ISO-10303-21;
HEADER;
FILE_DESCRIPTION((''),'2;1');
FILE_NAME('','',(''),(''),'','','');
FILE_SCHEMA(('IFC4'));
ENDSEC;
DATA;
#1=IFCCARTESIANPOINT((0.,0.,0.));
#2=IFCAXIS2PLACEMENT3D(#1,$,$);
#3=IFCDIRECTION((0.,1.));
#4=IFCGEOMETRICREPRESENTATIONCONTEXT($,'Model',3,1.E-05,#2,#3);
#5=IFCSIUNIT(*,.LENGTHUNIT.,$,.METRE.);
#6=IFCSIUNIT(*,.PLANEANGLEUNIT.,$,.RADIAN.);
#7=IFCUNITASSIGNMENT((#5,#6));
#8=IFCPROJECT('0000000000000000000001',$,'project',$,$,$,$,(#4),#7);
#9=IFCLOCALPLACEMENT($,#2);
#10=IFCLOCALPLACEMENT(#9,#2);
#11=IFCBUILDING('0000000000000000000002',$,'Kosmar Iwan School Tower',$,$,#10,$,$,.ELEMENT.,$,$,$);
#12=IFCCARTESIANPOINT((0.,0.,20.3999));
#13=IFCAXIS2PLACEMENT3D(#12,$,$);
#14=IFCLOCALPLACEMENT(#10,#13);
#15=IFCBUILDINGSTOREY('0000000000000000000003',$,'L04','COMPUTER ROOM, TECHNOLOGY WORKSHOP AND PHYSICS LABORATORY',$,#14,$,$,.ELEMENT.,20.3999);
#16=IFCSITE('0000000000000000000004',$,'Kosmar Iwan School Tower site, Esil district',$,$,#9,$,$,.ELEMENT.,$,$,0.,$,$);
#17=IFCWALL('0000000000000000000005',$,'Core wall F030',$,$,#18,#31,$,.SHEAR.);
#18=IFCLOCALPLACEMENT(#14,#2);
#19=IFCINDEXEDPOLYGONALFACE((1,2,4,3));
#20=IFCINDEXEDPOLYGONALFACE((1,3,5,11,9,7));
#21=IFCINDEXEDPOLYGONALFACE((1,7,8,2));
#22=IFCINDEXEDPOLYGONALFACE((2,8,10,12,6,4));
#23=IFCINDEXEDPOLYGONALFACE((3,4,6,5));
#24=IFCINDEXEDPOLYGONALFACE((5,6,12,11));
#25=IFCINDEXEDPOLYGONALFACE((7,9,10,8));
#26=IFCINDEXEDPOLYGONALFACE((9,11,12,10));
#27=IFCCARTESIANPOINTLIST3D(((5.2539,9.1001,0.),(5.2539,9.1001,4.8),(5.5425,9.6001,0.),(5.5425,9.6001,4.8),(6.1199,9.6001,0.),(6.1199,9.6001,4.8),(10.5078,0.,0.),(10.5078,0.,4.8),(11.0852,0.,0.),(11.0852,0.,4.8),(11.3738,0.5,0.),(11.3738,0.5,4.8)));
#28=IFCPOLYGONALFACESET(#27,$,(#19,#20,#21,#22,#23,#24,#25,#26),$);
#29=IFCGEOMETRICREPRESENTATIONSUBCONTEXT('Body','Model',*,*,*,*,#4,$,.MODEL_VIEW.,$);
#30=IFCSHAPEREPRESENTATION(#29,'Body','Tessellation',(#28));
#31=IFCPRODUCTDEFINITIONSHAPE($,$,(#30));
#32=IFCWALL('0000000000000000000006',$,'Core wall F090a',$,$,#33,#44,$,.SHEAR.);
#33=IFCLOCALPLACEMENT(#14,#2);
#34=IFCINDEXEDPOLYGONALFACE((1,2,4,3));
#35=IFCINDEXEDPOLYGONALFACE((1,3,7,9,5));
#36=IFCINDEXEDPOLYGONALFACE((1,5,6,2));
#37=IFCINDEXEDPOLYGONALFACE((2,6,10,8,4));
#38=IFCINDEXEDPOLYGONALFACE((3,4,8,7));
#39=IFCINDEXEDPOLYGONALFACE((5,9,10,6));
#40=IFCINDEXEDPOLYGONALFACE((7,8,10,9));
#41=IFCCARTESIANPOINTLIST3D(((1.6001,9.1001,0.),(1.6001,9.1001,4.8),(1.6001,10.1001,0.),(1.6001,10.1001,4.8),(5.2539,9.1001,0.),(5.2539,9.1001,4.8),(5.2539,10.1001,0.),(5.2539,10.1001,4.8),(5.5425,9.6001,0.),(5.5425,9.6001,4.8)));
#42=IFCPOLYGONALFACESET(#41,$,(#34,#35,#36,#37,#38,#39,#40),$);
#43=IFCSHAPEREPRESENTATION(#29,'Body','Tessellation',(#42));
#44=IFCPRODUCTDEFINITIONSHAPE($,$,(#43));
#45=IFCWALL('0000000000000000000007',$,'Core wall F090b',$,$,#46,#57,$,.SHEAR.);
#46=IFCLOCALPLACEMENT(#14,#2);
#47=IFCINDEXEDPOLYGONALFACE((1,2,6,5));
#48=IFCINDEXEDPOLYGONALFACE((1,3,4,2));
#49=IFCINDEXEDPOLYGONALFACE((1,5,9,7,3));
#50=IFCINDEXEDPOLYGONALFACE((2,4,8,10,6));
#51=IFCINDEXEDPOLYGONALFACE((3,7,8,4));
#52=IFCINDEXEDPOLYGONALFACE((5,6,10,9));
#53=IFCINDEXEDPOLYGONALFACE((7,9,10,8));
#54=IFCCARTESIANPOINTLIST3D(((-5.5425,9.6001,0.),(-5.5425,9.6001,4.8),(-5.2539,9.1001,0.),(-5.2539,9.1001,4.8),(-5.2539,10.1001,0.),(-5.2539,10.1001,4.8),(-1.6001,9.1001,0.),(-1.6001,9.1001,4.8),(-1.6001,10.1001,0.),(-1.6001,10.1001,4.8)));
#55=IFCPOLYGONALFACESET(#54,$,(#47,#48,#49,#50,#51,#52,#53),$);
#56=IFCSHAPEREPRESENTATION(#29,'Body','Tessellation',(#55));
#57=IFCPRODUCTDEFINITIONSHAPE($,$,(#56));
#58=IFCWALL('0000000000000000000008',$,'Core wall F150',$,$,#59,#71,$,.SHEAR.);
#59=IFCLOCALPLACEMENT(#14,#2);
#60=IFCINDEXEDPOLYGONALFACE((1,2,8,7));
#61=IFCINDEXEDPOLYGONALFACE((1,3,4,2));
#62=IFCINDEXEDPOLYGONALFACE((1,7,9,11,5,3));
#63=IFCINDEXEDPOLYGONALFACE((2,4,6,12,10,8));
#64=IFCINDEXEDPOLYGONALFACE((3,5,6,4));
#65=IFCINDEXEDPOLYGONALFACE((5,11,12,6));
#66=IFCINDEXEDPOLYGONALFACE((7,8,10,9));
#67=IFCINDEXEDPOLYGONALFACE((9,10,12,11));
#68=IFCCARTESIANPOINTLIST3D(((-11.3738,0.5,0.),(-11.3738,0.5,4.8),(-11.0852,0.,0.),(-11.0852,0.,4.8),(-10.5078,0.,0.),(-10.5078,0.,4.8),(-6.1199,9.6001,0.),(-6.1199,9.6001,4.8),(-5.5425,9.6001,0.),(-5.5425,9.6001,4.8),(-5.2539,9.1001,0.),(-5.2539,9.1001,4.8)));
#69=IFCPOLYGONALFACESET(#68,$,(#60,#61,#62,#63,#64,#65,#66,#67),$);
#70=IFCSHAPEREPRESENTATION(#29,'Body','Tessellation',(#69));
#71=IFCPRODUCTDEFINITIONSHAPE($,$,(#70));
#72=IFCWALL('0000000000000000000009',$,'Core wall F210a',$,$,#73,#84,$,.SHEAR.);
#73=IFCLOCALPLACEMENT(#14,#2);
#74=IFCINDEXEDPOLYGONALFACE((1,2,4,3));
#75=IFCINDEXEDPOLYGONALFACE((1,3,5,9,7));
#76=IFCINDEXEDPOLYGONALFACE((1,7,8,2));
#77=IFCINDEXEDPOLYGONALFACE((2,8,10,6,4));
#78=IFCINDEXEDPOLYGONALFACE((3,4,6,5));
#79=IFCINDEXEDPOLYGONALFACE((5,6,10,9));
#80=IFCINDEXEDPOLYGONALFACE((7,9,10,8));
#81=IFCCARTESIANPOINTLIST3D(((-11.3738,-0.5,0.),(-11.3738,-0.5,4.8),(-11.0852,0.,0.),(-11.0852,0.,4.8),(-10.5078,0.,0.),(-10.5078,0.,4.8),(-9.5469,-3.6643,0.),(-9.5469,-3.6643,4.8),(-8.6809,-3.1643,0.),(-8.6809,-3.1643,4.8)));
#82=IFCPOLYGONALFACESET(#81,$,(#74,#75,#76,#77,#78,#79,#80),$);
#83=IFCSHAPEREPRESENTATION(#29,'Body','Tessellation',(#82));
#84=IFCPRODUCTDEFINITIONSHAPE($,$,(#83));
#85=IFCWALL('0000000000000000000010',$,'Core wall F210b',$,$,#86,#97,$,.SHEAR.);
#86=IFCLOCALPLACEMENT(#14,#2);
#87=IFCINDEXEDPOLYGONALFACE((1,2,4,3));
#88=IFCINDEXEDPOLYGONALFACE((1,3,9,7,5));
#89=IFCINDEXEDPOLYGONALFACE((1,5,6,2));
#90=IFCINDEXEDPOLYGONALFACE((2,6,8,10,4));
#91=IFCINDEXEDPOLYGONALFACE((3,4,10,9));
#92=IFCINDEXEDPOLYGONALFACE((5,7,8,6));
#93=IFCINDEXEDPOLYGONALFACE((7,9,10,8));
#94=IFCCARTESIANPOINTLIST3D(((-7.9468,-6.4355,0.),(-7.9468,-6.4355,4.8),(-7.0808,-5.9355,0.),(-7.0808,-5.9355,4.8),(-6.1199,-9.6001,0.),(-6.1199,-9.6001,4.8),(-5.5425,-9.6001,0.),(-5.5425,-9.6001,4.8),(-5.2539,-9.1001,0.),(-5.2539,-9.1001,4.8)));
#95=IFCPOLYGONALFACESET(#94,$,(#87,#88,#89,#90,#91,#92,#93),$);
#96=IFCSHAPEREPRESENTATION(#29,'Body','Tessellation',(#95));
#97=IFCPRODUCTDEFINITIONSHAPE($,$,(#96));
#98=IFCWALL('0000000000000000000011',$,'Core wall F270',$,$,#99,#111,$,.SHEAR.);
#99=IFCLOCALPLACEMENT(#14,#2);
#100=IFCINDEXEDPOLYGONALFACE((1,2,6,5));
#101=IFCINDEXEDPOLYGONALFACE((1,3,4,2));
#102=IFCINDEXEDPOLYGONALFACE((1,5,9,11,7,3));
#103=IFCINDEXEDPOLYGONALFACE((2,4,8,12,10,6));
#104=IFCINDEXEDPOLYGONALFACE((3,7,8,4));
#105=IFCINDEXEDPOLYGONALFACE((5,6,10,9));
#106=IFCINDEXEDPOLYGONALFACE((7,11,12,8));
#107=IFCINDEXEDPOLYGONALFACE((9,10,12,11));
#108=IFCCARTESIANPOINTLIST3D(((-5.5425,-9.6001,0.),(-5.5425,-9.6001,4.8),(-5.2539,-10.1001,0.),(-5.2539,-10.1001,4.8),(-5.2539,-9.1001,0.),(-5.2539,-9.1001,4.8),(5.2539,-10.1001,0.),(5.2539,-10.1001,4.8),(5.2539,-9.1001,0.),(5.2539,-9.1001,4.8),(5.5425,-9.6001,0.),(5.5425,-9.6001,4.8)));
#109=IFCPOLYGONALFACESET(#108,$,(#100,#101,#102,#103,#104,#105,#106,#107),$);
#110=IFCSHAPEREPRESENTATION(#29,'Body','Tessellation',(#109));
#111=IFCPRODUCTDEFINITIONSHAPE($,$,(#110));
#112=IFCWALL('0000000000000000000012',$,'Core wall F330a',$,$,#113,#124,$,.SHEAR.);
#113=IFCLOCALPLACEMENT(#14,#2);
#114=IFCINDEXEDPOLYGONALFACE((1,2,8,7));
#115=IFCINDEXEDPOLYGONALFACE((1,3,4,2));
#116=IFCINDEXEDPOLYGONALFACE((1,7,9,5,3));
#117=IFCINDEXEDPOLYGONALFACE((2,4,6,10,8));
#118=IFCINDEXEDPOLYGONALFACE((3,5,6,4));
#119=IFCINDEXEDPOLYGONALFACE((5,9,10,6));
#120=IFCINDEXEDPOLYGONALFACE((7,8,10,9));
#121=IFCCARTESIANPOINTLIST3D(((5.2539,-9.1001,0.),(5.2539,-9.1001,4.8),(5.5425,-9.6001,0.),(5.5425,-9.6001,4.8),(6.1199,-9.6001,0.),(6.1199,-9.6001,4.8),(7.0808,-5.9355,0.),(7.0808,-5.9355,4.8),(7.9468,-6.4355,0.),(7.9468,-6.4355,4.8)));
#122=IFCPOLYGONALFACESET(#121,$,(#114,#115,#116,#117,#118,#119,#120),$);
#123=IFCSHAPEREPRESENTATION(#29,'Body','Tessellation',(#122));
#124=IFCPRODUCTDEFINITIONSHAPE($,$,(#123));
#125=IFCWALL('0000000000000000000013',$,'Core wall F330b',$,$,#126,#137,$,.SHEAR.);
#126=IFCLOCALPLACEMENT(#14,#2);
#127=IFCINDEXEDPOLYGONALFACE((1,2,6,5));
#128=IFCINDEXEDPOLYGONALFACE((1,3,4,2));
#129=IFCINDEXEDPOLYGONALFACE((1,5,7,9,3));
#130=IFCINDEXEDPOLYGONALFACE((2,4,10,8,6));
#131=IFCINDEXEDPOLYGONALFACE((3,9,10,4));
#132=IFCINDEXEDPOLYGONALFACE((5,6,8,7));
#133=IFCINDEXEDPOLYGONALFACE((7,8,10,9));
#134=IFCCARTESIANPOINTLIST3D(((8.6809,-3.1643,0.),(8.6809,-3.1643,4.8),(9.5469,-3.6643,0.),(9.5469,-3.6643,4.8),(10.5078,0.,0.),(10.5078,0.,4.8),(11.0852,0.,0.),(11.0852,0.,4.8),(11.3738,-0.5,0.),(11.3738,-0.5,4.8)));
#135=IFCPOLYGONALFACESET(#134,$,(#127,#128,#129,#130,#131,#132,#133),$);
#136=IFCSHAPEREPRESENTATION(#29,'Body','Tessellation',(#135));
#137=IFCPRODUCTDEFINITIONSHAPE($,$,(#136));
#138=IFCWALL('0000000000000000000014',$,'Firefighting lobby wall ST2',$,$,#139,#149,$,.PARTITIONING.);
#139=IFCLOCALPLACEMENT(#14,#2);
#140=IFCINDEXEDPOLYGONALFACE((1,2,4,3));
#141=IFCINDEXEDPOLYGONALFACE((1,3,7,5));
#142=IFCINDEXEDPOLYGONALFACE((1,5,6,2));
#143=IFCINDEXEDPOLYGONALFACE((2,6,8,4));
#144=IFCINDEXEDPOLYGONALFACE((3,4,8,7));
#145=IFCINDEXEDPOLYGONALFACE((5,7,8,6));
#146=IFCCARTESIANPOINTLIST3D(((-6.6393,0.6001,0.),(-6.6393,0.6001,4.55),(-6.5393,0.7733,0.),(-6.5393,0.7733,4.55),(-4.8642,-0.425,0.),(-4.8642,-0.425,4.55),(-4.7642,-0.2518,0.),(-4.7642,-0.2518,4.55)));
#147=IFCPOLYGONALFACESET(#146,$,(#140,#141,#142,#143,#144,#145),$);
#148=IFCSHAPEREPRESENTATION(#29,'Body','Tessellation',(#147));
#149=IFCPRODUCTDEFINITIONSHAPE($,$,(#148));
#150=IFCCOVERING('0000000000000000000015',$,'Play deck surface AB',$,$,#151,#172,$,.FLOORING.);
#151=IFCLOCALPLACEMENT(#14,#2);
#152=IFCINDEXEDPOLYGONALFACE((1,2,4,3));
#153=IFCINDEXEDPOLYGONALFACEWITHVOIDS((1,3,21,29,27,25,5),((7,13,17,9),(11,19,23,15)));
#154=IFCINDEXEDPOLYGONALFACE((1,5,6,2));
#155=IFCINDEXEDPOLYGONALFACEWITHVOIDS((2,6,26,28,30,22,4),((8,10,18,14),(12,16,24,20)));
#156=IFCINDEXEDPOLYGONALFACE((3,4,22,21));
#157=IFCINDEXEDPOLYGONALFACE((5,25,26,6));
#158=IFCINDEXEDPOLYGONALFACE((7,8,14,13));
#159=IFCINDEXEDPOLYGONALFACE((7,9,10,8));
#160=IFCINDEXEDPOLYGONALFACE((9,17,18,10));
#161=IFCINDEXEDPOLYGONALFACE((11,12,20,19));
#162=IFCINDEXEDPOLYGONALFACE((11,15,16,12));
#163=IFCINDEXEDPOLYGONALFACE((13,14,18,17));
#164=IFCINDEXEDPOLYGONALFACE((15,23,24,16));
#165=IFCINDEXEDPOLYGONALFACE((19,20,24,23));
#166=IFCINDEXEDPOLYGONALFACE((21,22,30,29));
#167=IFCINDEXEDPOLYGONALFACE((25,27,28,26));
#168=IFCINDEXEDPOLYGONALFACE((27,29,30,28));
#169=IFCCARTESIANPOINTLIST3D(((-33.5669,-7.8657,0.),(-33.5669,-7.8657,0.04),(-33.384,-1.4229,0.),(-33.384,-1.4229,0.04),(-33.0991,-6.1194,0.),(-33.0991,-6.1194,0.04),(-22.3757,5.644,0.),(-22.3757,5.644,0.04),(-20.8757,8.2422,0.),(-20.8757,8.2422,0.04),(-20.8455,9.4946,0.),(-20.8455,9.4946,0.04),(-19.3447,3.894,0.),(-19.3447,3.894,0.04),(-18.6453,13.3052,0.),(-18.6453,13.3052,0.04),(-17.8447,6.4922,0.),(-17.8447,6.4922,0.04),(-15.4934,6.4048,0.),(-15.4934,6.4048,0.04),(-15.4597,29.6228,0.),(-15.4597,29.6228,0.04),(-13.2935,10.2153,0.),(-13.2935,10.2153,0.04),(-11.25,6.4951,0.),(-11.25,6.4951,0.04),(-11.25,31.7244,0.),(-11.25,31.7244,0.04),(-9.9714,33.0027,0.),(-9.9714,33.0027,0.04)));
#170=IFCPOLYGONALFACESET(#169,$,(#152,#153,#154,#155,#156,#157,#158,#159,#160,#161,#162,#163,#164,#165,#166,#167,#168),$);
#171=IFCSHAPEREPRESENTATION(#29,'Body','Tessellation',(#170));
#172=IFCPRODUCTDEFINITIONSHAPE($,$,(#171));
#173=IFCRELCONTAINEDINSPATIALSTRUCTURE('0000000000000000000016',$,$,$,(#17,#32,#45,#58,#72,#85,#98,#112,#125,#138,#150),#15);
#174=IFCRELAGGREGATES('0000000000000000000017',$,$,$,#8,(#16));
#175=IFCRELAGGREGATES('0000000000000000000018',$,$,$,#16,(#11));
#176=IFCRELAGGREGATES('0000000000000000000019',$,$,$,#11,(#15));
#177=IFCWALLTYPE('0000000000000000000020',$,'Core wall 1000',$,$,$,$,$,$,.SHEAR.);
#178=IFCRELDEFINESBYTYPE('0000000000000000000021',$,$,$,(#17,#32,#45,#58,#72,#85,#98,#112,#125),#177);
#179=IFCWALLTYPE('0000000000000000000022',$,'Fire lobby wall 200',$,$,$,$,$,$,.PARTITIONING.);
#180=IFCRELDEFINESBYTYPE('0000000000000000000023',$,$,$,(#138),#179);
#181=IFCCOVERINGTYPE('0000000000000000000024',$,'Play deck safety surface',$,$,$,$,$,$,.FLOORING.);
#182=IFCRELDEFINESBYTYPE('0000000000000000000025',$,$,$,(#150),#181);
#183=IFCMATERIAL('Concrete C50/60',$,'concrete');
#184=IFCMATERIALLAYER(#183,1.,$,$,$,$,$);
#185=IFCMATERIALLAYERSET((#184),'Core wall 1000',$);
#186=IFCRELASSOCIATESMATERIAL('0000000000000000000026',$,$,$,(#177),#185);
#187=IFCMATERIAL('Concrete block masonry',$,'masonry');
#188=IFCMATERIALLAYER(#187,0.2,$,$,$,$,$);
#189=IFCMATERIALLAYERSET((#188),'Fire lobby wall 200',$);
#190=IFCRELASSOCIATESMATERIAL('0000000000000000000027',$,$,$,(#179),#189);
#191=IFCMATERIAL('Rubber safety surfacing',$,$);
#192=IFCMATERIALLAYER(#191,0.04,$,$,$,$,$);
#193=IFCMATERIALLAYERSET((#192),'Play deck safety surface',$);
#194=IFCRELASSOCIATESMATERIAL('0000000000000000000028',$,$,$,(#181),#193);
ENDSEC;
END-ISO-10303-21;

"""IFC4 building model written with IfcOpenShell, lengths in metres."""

from ifc_helpers import new_model, si_unit, direction, frame, frame_2d, origin, place, context, subcontext, project, spatial, polyline, rectangle, outline, extrude, material, layer, layer_set, type_object, element, save


model = new_model("IFC4")

# Units and contexts
model_context = context("Model", 3, precision=1e-05, world=origin(), true_north=direction((0.0, 1.0)))
body_context = subcontext(model_context, "Body", "Model", "MODEL_VIEW")
ifc_project = project(units=[si_unit("LENGTHUNIT", "METRE"), si_unit("PLANEANGLEUNIT", "RADIAN")], contexts=[model_context])

# Site, building, storey
site_placement = place(None, origin())
site = spatial("IfcSite", under=ifc_project, at=site_placement, Name="Kosmar Iwan School Tower site, Esil district", CompositionType="ELEMENT", RefElevation=0.0)
building_placement = place(site_placement, origin())
building = spatial("IfcBuilding", under=site, at=building_placement, Name="Kosmar Iwan School Tower", CompositionType="ELEMENT")
storey_placement = place(building_placement, frame((0.0, 0.0, 20.3999)))
storey = spatial("IfcBuildingStorey", under=building, at=storey_placement, Name="L04", Description="COMPUTER ROOM, TECHNOLOGY WORKSHOP AND PHYSICS LABORATORY", CompositionType="ELEMENT", Elevation=20.3999)

# Walls
ifc_material_1 = material(Name="Concrete C50/60", Category="concrete")
ifc_layer_1 = layer(ifc_material_1, 1.0)
ifc_layer_set_1 = layer_set([ifc_layer_1], Name="Core wall 1000")
wall_type_1 = type_object("IfcWallType", Name="Core wall 1000", PredefinedType="SHEAR", material=ifc_layer_set_1)
wall_1_placement = place(storey_placement, origin())
element("IfcWall", 1, at=wall_1_placement, inside=storey, type_object=wall_type_1, Name="Core wall F030", PredefinedType="SHEAR", context=body_context, shape_type="SweptSolid", body=[
    extrude(outline(polyline([(10.5078, 0.0), (11.0852, 0.0), (11.3738, 0.5), (6.1199, 9.6001), (5.5425, 9.6001), (5.2539, 9.1001), (10.5078, 0.0)])), origin(), (0.0, 0.0, 1.0), 4.8),
])
wall_2_placement = place(storey_placement, origin())
element("IfcWall", 2, at=wall_2_placement, inside=storey, type_object=wall_type_1, Name="Core wall F090a", PredefinedType="SHEAR", context=body_context, shape_type="SweptSolid", body=[
    extrude(outline(polyline([(1.6001, 9.1001), (5.2539, 9.1001), (5.5425, 9.6001), (5.2539, 10.1001), (1.6001, 10.1001), (1.6001, 9.1001)])), origin(), (0.0, 0.0, 1.0), 4.8),
])
wall_3_placement = place(storey_placement, origin())
element("IfcWall", 3, at=wall_3_placement, inside=storey, type_object=wall_type_1, Name="Core wall F090b", PredefinedType="SHEAR", context=body_context, shape_type="SweptSolid", body=[
    extrude(outline(polyline([(-5.2539, 9.1001), (-1.6001, 9.1001), (-1.6001, 10.1001), (-5.2539, 10.1001), (-5.5425, 9.6001), (-5.2539, 9.1001)])), origin(), (0.0, 0.0, 1.0), 4.8),
])
wall_4_placement = place(storey_placement, origin())
element("IfcWall", 4, at=wall_4_placement, inside=storey, type_object=wall_type_1, Name="Core wall F150", PredefinedType="SHEAR", context=body_context, shape_type="SweptSolid", body=[
    extrude(outline(polyline([(-11.0852, 0.0), (-10.5078, 0.0), (-5.2539, 9.1001), (-5.5425, 9.6001), (-6.1199, 9.6001), (-11.3738, 0.5), (-11.0852, 0.0)])), origin(), (0.0, 0.0, 1.0), 4.8),
])
wall_5_placement = place(storey_placement, origin())
element("IfcWall", 5, at=wall_5_placement, inside=storey, type_object=wall_type_1, Name="Core wall F210a", PredefinedType="SHEAR", context=body_context, shape_type="SweptSolid", body=[
    extrude(outline(polyline([(-9.5469, -3.6643), (-8.6809, -3.1643), (-10.5078, 0.0), (-11.0852, 0.0), (-11.3738, -0.5), (-9.5469, -3.6643)])), origin(), (0.0, 0.0, 1.0), 4.8),
])
wall_6_placement = place(storey_placement, origin())
element("IfcWall", 6, at=wall_6_placement, inside=storey, type_object=wall_type_1, Name="Core wall F210b", PredefinedType="SHEAR", context=body_context, shape_type="SweptSolid", body=[
    extrude(outline(polyline([(-6.1199, -9.6001), (-5.5425, -9.6001), (-5.2539, -9.1001), (-7.0808, -5.9355), (-7.9468, -6.4355), (-6.1199, -9.6001)])), origin(), (0.0, 0.0, 1.0), 4.8),
])
wall_7_placement = place(storey_placement, origin())
element("IfcWall", 7, at=wall_7_placement, inside=storey, type_object=wall_type_1, Name="Core wall F270", PredefinedType="SHEAR", context=body_context, shape_type="SweptSolid", body=[
    extrude(outline(polyline([(-5.2539, -10.1001), (5.2539, -10.1001), (5.5425, -9.6001), (5.2539, -9.1001), (-5.2539, -9.1001), (-5.5425, -9.6001), (-5.2539, -10.1001)])), origin(), (0.0, 0.0, 1.0), 4.8),
])
wall_8_placement = place(storey_placement, origin())
element("IfcWall", 8, at=wall_8_placement, inside=storey, type_object=wall_type_1, Name="Core wall F330a", PredefinedType="SHEAR", context=body_context, shape_type="SweptSolid", body=[
    extrude(outline(polyline([(5.5425, -9.6001), (6.1199, -9.6001), (7.9468, -6.4355), (7.0808, -5.9355), (5.2539, -9.1001), (5.5425, -9.6001)])), origin(), (0.0, 0.0, 1.0), 4.8),
])
wall_9_placement = place(storey_placement, origin())
element("IfcWall", 9, at=wall_9_placement, inside=storey, type_object=wall_type_1, Name="Core wall F330b", PredefinedType="SHEAR", context=body_context, shape_type="SweptSolid", body=[
    extrude(outline(polyline([(9.5469, -3.6643), (11.3738, -0.5), (11.0852, 0.0), (10.5078, 0.0), (8.6809, -3.1643), (9.5469, -3.6643)])), origin(), (0.0, 0.0, 1.0), 4.8),
])
ifc_material_2 = material(Name="Concrete block masonry", Category="masonry")
ifc_layer_2 = layer(ifc_material_2, 0.2)
ifc_layer_set_2 = layer_set([ifc_layer_2], Name="Fire lobby wall 200")
wall_type_2 = type_object("IfcWallType", Name="Fire lobby wall 200", PredefinedType="PARTITIONING", material=ifc_layer_set_2)
wall_10_placement = place(storey_placement, frame((-4.8142, -0.3384, 0.0), z_axis=(0.0, 0.0, 1.0), x_axis=(-0.865969, 0.500097, 0.0)))
element("IfcWall", 10, at=wall_10_placement, inside=storey, type_object=wall_type_2, Name="Firefighting lobby wall ST2", PredefinedType="PARTITIONING", context=body_context, shape_type="SweptSolid", body=[
    extrude(rectangle(XDim=2.0498, YDim=0.2, at=frame_2d((1.0249, 0.0))), origin(), (0.0, 0.0, 1.0), 4.55),
])

# Covering
ifc_material_3 = material(Name="Rubber safety surfacing")
ifc_layer_3 = layer(ifc_material_3, 0.04)
ifc_layer_set_3 = layer_set([ifc_layer_3], Name="Play deck safety surface")
covering_type = type_object("IfcCoveringType", Name="Play deck safety surface", PredefinedType="FLOORING", material=ifc_layer_set_3)
covering_placement = place(storey_placement, origin())
element("IfcCovering", 11, at=covering_placement, inside=storey, type_object=covering_type, Name="Play deck surface AB", PredefinedType="FLOORING", context=body_context, shape_type="SweptSolid", body=[
    extrude(outline(polyline([(-33.5669, -7.8657), (-33.0991, -6.1194), (-11.25, 6.4951), (-11.25, 31.7244), (-9.9714, 33.0027), (-15.4597, 29.6228), (-33.384, -1.4229), (-33.5669, -7.8657)]), holes=[polyline([(-20.8455, 9.4946), (-15.4934, 6.4048), (-13.2935, 10.2153), (-18.6453, 13.3052), (-20.8455, 9.4946)]), polyline([(-20.8757, 8.2422), (-22.3757, 5.644), (-19.3447, 3.894), (-17.8447, 6.4922), (-20.8757, 8.2422)])]), origin(), (0.0, 0.0, 1.0), 0.04),
])

save(model, "model.ifc")
